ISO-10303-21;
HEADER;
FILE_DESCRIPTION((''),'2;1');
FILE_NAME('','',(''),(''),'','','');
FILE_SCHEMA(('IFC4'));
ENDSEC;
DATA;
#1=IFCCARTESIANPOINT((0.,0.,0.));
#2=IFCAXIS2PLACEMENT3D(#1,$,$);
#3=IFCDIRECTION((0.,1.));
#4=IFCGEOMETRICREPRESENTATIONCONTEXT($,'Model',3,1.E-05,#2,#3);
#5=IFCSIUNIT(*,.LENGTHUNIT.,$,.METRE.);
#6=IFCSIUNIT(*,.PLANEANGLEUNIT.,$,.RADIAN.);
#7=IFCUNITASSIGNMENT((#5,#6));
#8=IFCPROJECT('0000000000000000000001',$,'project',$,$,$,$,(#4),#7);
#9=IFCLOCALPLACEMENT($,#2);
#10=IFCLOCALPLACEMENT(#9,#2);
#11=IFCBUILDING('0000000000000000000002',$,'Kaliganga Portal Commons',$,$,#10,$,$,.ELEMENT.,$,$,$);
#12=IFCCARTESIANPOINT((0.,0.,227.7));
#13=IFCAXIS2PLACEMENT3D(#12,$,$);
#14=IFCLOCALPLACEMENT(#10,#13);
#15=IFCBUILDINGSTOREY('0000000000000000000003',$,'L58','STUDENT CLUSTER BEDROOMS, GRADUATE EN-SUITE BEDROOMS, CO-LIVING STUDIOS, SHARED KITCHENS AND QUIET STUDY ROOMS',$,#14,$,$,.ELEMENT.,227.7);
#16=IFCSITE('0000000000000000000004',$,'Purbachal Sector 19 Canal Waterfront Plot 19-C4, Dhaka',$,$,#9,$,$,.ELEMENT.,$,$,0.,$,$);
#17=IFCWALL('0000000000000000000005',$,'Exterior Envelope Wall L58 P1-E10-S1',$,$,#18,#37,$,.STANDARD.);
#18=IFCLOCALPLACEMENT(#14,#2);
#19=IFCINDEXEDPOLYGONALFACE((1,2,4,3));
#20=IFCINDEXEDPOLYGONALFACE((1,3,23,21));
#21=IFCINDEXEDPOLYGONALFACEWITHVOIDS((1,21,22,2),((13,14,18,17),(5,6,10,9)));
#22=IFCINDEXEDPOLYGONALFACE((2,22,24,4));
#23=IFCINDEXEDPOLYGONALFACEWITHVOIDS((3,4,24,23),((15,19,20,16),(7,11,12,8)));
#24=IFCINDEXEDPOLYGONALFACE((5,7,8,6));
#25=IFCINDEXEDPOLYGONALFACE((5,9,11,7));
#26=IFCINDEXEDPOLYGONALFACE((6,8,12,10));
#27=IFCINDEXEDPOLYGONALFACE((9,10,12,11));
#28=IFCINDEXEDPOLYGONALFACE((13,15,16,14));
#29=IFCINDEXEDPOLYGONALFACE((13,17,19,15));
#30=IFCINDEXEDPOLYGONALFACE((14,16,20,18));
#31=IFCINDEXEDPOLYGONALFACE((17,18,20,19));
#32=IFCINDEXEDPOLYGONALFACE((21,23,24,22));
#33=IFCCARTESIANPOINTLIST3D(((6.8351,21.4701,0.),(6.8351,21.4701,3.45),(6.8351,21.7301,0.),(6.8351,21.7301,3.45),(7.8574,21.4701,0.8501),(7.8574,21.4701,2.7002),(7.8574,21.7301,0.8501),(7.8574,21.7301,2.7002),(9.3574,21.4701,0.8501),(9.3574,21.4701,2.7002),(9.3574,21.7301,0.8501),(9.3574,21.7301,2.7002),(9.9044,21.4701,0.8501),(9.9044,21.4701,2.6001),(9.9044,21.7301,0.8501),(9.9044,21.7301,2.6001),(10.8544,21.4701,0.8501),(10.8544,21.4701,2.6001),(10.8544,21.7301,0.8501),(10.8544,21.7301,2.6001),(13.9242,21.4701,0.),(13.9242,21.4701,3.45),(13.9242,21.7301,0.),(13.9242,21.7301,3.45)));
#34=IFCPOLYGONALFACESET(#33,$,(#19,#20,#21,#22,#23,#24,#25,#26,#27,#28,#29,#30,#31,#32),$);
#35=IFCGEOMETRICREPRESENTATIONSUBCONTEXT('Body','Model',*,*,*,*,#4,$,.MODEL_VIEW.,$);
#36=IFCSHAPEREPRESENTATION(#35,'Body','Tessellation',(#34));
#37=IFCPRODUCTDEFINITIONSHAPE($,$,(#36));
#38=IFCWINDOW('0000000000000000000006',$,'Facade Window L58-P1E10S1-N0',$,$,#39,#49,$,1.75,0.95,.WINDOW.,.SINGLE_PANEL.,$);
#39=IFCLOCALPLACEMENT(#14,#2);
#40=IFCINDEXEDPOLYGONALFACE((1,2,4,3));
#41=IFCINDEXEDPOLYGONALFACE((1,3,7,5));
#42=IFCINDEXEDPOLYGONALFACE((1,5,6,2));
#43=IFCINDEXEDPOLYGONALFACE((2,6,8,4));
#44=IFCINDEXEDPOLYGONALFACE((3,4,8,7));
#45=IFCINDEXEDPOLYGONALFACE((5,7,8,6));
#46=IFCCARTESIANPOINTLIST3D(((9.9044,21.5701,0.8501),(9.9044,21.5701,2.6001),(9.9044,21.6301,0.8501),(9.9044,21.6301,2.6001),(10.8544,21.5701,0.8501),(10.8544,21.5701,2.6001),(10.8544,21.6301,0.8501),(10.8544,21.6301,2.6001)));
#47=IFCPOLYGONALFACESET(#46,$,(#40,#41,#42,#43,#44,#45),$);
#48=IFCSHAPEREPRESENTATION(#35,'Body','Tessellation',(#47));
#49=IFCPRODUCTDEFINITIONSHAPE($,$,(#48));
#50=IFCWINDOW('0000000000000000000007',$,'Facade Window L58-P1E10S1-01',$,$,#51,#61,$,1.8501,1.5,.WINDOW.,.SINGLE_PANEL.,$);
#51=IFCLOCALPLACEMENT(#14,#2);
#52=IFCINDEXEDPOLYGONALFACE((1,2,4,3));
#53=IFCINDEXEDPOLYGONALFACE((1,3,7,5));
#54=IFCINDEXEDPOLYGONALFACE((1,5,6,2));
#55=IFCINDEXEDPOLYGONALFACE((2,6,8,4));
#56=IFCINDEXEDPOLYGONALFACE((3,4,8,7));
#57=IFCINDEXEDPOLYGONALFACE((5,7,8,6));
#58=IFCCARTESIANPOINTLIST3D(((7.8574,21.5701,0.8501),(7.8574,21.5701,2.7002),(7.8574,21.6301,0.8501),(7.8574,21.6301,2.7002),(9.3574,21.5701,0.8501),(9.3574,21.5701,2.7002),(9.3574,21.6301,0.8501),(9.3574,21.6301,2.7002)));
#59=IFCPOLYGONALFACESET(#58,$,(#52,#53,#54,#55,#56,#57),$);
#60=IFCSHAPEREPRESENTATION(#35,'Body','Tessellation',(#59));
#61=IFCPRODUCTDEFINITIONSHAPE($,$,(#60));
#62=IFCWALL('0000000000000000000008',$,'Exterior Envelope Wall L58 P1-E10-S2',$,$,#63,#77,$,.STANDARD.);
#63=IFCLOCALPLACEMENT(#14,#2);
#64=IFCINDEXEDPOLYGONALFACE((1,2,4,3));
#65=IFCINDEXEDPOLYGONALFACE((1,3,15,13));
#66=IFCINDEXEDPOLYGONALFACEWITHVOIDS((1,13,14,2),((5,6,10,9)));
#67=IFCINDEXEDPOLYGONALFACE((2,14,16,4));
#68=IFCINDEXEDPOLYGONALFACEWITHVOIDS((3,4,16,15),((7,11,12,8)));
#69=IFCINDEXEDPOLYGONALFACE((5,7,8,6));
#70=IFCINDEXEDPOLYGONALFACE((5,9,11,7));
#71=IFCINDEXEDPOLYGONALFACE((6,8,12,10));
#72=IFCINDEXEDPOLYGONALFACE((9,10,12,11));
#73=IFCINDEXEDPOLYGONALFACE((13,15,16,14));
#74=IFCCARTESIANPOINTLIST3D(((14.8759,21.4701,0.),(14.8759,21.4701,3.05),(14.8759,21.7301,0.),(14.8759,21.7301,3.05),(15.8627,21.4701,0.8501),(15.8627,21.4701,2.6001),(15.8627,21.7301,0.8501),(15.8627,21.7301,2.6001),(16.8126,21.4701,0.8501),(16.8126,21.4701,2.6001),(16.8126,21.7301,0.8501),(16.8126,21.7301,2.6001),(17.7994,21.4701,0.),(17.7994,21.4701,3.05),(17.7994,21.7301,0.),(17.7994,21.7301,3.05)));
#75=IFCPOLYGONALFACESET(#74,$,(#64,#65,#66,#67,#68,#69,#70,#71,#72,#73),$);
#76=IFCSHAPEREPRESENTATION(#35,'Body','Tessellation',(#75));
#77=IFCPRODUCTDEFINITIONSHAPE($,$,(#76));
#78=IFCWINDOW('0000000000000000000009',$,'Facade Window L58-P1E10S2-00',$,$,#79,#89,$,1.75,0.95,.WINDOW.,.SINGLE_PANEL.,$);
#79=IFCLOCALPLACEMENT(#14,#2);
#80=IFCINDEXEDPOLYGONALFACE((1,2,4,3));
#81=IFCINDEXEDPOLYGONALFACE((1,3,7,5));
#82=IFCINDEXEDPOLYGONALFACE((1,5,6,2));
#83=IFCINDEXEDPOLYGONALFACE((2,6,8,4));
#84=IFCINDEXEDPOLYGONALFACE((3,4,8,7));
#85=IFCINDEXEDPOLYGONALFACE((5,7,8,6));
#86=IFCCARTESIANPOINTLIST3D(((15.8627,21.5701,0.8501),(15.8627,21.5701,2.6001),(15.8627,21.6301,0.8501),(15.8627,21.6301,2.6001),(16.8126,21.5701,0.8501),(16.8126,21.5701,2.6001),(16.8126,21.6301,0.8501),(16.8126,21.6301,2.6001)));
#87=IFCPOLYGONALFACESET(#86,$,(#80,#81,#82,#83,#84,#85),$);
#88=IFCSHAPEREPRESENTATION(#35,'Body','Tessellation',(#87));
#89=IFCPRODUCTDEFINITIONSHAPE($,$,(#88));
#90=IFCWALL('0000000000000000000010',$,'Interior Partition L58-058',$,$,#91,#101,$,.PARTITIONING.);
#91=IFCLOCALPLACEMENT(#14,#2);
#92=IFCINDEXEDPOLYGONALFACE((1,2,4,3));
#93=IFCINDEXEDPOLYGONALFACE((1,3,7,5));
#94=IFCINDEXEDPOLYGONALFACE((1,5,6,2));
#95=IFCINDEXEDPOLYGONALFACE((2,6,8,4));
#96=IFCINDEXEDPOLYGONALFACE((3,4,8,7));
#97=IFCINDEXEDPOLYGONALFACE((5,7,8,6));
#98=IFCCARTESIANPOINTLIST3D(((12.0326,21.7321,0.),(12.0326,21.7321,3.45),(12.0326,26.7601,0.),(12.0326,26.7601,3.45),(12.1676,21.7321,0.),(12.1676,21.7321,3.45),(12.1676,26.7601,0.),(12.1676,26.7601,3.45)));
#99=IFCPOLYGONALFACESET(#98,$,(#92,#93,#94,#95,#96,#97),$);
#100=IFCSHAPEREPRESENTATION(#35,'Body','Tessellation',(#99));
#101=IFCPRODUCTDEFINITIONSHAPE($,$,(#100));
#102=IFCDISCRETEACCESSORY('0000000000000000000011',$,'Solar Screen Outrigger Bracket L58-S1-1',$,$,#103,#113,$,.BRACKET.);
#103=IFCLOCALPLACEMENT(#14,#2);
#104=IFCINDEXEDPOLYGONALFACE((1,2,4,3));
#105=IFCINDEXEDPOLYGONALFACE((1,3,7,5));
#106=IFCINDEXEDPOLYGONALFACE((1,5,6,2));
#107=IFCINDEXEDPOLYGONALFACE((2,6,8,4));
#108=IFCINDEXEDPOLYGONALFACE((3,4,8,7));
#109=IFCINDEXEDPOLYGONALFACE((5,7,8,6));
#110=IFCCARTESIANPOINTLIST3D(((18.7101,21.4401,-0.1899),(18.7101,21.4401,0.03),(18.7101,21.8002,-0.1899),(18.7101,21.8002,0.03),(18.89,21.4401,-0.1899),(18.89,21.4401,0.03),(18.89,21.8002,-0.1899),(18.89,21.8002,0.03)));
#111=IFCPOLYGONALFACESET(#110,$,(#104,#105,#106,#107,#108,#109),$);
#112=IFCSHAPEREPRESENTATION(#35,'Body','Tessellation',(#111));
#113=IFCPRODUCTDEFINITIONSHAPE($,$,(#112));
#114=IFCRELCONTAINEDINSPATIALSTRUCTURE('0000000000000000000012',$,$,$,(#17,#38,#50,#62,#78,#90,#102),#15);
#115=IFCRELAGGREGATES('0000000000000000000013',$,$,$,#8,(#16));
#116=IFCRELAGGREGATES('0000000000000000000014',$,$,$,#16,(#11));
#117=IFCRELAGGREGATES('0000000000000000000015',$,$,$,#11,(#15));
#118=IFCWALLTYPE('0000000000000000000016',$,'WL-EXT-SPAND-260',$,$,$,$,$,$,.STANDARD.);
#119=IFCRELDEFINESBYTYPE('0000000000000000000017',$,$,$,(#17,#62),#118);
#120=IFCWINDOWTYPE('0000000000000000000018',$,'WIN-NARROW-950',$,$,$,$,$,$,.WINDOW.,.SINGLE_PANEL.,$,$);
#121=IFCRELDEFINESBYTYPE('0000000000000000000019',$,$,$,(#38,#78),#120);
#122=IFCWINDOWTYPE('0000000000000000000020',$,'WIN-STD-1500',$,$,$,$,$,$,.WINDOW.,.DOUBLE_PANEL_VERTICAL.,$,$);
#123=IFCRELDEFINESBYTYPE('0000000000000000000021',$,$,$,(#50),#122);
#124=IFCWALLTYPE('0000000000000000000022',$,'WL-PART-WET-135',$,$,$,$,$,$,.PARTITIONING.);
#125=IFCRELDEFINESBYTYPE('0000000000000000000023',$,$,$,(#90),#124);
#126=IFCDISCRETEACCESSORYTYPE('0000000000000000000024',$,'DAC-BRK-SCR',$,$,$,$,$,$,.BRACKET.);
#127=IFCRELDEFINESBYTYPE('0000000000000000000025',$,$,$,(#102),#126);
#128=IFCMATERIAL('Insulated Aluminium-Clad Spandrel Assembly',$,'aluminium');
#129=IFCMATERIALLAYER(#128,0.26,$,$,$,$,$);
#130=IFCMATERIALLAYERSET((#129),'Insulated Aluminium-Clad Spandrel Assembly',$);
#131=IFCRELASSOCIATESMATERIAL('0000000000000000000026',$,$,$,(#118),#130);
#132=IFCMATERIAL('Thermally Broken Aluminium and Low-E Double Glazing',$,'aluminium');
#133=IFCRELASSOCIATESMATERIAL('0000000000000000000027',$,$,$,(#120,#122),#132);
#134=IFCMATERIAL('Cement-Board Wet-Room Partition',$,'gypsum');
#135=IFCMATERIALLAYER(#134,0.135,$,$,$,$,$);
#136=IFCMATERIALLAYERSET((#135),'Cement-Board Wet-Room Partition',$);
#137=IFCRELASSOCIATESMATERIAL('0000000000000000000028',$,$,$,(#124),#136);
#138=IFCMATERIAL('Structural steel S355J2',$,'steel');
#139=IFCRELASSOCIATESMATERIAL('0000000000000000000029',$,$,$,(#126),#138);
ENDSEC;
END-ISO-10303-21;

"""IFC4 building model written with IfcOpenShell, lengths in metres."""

from ifc_helpers import new_model, si_unit, direction, frame, frame_2d, origin, origin_2d, place, context, subcontext, project, spatial, rectangle, extrude, source, transform, mapped, material, layer, layer_set, type_object, element, fill, save


model = new_model("IFC4")

# Units and contexts
model_context = context("Model", 3, precision=1e-05, world=origin(), true_north=direction((0.0, 1.0)))
body_context = subcontext(model_context, "Body", "Model", "MODEL_VIEW")
ifc_project = project(units=[si_unit("LENGTHUNIT", "METRE"), si_unit("PLANEANGLEUNIT", "RADIAN")], contexts=[model_context])

# Site, building, storey
site_placement = place(None, origin())
site = spatial("IfcSite", under=ifc_project, at=site_placement, Name="Purbachal Sector 19 Canal Waterfront Plot 19-C4, Dhaka", CompositionType="ELEMENT", RefElevation=0.0)
building_placement = place(site_placement, origin())
building = spatial("IfcBuilding", under=site, at=building_placement, Name="Kaliganga Portal Commons", CompositionType="ELEMENT")
storey_placement = place(building_placement, frame((0.0, 0.0, 227.7)))
storey = spatial("IfcBuildingStorey", under=building, at=storey_placement, Name="L58", Description="STUDENT CLUSTER BEDROOMS, GRADUATE EN-SUITE BEDROOMS, CO-LIVING STUDIOS, SHARED KITCHENS AND QUIET STUDY ROOMS", CompositionType="ELEMENT", Elevation=227.7)

# Shared definitions
ifc_material_1 = material(Name="Structural steel S355J2", Category="steel")

# Wall, openings, windows
ifc_material_2 = material(Name="Insulated Aluminium-Clad Spandrel Assembly", Category="aluminium")
ifc_layer_1 = layer(ifc_material_2, 0.26)
ifc_layer_set_1 = layer_set([ifc_layer_1], Name="Insulated Aluminium-Clad Spandrel Assembly")
wall_type_1 = type_object("IfcWallType", Name="WL-EXT-SPAND-260", PredefinedType="STANDARD", material=ifc_layer_set_1)
ifc_material_3 = material(Name="Thermally Broken Aluminium and Low-E Double Glazing", Category="aluminium")
window_type_1 = type_object("IfcWindowType", Name="WIN-NARROW-950", PartitioningType="SINGLE_PANEL", PredefinedType="WINDOW", material=ifc_material_3)
window_type_2 = type_object("IfcWindowType", Name="WIN-STD-1500", PartitioningType="DOUBLE_PANEL_VERTICAL", PredefinedType="WINDOW", material=ifc_material_3)
wall_1_placement = place(storey_placement, frame((13.9241, 21.6001, 0.0), z_axis=(0.0, 0.0, 1.0), x_axis=(-1.0, 0.0, 0.0)))
wall_1 = element("IfcWall", 1, at=wall_1_placement, inside=storey, type_object=wall_type_1, Name="Exterior Envelope Wall L58 P1-E10-S1", PredefinedType="STANDARD", context=body_context, shape_type="SweptSolid", body=[
    extrude(rectangle(XDim=7.0891, YDim=0.26, at=frame_2d((3.5444, 0.0))), origin(), (0.0, 0.0, 1.0), 3.45),
])
opening_1_placement = place(wall_1_placement, frame((4.5667, 0.0, 0.8501)))
opening_1 = element("IfcOpeningElement", 2, at=opening_1_placement, cuts=wall_1, PredefinedType="OPENING", context=body_context, shape_type="SweptSolid", body=[
    extrude(rectangle(XDim=1.5, YDim=1.8501, at=frame_2d((0.75, 0.925))), frame((0.0, 0.1401, 0.0), z_axis=(0.0, -1.0, 0.0), x_axis=(1.0, 0.0, 0.0)), (0.0, 0.0, 1.0), 0.28),
])
opening_2_placement = place(wall_1_placement, frame((3.0696, 0.0, 0.8501)))
opening_2 = element("IfcOpeningElement", 3, at=opening_2_placement, cuts=wall_1, PredefinedType="OPENING", context=body_context, shape_type="SweptSolid", body=[
    extrude(rectangle(XDim=0.95, YDim=1.75, at=frame_2d((0.4751, 0.875))), frame((0.0, 0.1401, 0.0), z_axis=(0.0, -1.0, 0.0), x_axis=(1.0, 0.0, 0.0)), (0.0, 0.0, 1.0), 0.28),
])
window_1_placement = place(opening_2_placement, origin())
window_1 = element("IfcWindow", 4, at=window_1_placement, inside=storey, type_object=window_type_1, Name="Facade Window L58-P1E10S1-N0", OverallHeight=1.75, OverallWidth=0.95, PartitioningType="SINGLE_PANEL", PredefinedType="WINDOW", context=body_context, shape_type="SweptSolid", body=[
    extrude(rectangle(XDim=0.95, YDim=1.75, at=frame_2d((0.4751, 0.875))), frame((0.0, 0.03, 0.0), z_axis=(0.0, -1.0, 0.0), x_axis=(1.0, 0.0, 0.0)), (0.0, 0.0, 1.0), 0.0601),
])
fill(opening_2, window_1)
window_2_placement = place(opening_1_placement, origin())
window_2 = element("IfcWindow", 5, at=window_2_placement, inside=storey, type_object=window_type_2, Name="Facade Window L58-P1E10S1-01", OverallHeight=1.8501, OverallWidth=1.5, PartitioningType="SINGLE_PANEL", PredefinedType="WINDOW", context=body_context, shape_type="SweptSolid", body=[
    extrude(rectangle(XDim=1.5, YDim=1.8501, at=frame_2d((0.75, 0.925))), frame((0.0, 0.03, 0.0), z_axis=(0.0, -1.0, 0.0), x_axis=(1.0, 0.0, 0.0)), (0.0, 0.0, 1.0), 0.0601),
])
fill(opening_1, window_2)

# Wall, opening, window
wall_2_placement = place(storey_placement, frame((17.7996, 21.6001, 0.0), z_axis=(0.0, 0.0, 1.0), x_axis=(-1.0, 0.0, 0.0)))
wall_2 = element("IfcWall", 6, at=wall_2_placement, inside=storey, type_object=wall_type_1, Name="Exterior Envelope Wall L58 P1-E10-S2", PredefinedType="STANDARD", context=body_context, shape_type="SweptSolid", body=[
    extrude(rectangle(XDim=2.9236, YDim=0.26, at=frame_2d((1.4619, 0.0))), origin(), (0.0, 0.0, 1.0), 3.05),
])
opening_3_placement = place(wall_2_placement, frame((0.9868, 0.0, 0.8501)))
opening_3 = element("IfcOpeningElement", 7, at=opening_3_placement, cuts=wall_2, PredefinedType="OPENING", context=body_context, shape_type="SweptSolid", body=[
    extrude(rectangle(XDim=0.95, YDim=1.75, at=frame_2d((0.4751, 0.875))), frame((0.0, 0.1401, 0.0), z_axis=(0.0, -1.0, 0.0), x_axis=(1.0, 0.0, 0.0)), (0.0, 0.0, 1.0), 0.28),
])
window_3_placement = place(opening_3_placement, origin())
window_3 = element("IfcWindow", 8, at=window_3_placement, inside=storey, type_object=window_type_1, Name="Facade Window L58-P1E10S2-00", OverallHeight=1.75, OverallWidth=0.95, PartitioningType="SINGLE_PANEL", PredefinedType="WINDOW", context=body_context, shape_type="SweptSolid", body=[
    extrude(rectangle(XDim=0.95, YDim=1.75, at=frame_2d((0.4751, 0.875))), frame((0.0, 0.03, 0.0), z_axis=(0.0, -1.0, 0.0), x_axis=(1.0, 0.0, 0.0)), (0.0, 0.0, 1.0), 0.0601),
])
fill(opening_3, window_3)

# Wall
ifc_material_4 = material(Name="Cement-Board Wet-Room Partition", Category="gypsum")
ifc_layer_2 = layer(ifc_material_4, 0.135)
ifc_layer_set_2 = layer_set([ifc_layer_2], Name="Cement-Board Wet-Room Partition")
wall_type_2 = type_object("IfcWallType", Name="WL-PART-WET-135", PredefinedType="PARTITIONING", material=ifc_layer_set_2)
wall_3_placement = place(storey_placement, frame((12.1001, 21.7319, 0.0), z_axis=(0.0, 0.0, 1.0), x_axis=(0.0, 1.0, 0.0)))
element("IfcWall", 9, at=wall_3_placement, inside=storey, type_object=wall_type_2, Name="Interior Partition L58-058", PredefinedType="PARTITIONING", context=body_context, shape_type="SweptSolid", body=[
    extrude(rectangle(XDim=5.0281, YDim=0.135, at=frame_2d((2.5142, 0.0))), origin(), (0.0, 0.0, 1.0), 3.45),
])

# Discrete accessory
discrete_accessory_type = type_object("IfcDiscreteAccessoryType", Name="DAC-BRK-SCR", PredefinedType="BRACKET", material=ifc_material_1)
shared_shape_1 = source(origin(), body_context, "Body", "SweptSolid", [
    extrude(rectangle(XDim=0.1799, YDim=0.3601, at=origin_2d()), origin(), (0.0, 0.0, 1.0), 0.22),
])
discrete_accessory_placement = place(storey_placement, frame((18.8, 21.6201, -0.1899), z_axis=(0.0, 0.0, 1.0), x_axis=(1.0, 0.0, 0.0)))
element("IfcDiscreteAccessory", 10, at=discrete_accessory_placement, inside=storey, type_object=discrete_accessory_type, Name="Solar Screen Outrigger Bracket L58-S1-1", PredefinedType="BRACKET", context=body_context, shape_type="MappedRepresentation", body=[
    mapped(shared_shape_1, transform((0.0, 0.0, 0.0), x_axis=(1.0, 0.0, 0.0), y_axis=(0.0, 1.0, 0.0), z_axis=(0.0, 0.0, 1.0), scale=1.0)),
])

save(model, "model.ifc")
